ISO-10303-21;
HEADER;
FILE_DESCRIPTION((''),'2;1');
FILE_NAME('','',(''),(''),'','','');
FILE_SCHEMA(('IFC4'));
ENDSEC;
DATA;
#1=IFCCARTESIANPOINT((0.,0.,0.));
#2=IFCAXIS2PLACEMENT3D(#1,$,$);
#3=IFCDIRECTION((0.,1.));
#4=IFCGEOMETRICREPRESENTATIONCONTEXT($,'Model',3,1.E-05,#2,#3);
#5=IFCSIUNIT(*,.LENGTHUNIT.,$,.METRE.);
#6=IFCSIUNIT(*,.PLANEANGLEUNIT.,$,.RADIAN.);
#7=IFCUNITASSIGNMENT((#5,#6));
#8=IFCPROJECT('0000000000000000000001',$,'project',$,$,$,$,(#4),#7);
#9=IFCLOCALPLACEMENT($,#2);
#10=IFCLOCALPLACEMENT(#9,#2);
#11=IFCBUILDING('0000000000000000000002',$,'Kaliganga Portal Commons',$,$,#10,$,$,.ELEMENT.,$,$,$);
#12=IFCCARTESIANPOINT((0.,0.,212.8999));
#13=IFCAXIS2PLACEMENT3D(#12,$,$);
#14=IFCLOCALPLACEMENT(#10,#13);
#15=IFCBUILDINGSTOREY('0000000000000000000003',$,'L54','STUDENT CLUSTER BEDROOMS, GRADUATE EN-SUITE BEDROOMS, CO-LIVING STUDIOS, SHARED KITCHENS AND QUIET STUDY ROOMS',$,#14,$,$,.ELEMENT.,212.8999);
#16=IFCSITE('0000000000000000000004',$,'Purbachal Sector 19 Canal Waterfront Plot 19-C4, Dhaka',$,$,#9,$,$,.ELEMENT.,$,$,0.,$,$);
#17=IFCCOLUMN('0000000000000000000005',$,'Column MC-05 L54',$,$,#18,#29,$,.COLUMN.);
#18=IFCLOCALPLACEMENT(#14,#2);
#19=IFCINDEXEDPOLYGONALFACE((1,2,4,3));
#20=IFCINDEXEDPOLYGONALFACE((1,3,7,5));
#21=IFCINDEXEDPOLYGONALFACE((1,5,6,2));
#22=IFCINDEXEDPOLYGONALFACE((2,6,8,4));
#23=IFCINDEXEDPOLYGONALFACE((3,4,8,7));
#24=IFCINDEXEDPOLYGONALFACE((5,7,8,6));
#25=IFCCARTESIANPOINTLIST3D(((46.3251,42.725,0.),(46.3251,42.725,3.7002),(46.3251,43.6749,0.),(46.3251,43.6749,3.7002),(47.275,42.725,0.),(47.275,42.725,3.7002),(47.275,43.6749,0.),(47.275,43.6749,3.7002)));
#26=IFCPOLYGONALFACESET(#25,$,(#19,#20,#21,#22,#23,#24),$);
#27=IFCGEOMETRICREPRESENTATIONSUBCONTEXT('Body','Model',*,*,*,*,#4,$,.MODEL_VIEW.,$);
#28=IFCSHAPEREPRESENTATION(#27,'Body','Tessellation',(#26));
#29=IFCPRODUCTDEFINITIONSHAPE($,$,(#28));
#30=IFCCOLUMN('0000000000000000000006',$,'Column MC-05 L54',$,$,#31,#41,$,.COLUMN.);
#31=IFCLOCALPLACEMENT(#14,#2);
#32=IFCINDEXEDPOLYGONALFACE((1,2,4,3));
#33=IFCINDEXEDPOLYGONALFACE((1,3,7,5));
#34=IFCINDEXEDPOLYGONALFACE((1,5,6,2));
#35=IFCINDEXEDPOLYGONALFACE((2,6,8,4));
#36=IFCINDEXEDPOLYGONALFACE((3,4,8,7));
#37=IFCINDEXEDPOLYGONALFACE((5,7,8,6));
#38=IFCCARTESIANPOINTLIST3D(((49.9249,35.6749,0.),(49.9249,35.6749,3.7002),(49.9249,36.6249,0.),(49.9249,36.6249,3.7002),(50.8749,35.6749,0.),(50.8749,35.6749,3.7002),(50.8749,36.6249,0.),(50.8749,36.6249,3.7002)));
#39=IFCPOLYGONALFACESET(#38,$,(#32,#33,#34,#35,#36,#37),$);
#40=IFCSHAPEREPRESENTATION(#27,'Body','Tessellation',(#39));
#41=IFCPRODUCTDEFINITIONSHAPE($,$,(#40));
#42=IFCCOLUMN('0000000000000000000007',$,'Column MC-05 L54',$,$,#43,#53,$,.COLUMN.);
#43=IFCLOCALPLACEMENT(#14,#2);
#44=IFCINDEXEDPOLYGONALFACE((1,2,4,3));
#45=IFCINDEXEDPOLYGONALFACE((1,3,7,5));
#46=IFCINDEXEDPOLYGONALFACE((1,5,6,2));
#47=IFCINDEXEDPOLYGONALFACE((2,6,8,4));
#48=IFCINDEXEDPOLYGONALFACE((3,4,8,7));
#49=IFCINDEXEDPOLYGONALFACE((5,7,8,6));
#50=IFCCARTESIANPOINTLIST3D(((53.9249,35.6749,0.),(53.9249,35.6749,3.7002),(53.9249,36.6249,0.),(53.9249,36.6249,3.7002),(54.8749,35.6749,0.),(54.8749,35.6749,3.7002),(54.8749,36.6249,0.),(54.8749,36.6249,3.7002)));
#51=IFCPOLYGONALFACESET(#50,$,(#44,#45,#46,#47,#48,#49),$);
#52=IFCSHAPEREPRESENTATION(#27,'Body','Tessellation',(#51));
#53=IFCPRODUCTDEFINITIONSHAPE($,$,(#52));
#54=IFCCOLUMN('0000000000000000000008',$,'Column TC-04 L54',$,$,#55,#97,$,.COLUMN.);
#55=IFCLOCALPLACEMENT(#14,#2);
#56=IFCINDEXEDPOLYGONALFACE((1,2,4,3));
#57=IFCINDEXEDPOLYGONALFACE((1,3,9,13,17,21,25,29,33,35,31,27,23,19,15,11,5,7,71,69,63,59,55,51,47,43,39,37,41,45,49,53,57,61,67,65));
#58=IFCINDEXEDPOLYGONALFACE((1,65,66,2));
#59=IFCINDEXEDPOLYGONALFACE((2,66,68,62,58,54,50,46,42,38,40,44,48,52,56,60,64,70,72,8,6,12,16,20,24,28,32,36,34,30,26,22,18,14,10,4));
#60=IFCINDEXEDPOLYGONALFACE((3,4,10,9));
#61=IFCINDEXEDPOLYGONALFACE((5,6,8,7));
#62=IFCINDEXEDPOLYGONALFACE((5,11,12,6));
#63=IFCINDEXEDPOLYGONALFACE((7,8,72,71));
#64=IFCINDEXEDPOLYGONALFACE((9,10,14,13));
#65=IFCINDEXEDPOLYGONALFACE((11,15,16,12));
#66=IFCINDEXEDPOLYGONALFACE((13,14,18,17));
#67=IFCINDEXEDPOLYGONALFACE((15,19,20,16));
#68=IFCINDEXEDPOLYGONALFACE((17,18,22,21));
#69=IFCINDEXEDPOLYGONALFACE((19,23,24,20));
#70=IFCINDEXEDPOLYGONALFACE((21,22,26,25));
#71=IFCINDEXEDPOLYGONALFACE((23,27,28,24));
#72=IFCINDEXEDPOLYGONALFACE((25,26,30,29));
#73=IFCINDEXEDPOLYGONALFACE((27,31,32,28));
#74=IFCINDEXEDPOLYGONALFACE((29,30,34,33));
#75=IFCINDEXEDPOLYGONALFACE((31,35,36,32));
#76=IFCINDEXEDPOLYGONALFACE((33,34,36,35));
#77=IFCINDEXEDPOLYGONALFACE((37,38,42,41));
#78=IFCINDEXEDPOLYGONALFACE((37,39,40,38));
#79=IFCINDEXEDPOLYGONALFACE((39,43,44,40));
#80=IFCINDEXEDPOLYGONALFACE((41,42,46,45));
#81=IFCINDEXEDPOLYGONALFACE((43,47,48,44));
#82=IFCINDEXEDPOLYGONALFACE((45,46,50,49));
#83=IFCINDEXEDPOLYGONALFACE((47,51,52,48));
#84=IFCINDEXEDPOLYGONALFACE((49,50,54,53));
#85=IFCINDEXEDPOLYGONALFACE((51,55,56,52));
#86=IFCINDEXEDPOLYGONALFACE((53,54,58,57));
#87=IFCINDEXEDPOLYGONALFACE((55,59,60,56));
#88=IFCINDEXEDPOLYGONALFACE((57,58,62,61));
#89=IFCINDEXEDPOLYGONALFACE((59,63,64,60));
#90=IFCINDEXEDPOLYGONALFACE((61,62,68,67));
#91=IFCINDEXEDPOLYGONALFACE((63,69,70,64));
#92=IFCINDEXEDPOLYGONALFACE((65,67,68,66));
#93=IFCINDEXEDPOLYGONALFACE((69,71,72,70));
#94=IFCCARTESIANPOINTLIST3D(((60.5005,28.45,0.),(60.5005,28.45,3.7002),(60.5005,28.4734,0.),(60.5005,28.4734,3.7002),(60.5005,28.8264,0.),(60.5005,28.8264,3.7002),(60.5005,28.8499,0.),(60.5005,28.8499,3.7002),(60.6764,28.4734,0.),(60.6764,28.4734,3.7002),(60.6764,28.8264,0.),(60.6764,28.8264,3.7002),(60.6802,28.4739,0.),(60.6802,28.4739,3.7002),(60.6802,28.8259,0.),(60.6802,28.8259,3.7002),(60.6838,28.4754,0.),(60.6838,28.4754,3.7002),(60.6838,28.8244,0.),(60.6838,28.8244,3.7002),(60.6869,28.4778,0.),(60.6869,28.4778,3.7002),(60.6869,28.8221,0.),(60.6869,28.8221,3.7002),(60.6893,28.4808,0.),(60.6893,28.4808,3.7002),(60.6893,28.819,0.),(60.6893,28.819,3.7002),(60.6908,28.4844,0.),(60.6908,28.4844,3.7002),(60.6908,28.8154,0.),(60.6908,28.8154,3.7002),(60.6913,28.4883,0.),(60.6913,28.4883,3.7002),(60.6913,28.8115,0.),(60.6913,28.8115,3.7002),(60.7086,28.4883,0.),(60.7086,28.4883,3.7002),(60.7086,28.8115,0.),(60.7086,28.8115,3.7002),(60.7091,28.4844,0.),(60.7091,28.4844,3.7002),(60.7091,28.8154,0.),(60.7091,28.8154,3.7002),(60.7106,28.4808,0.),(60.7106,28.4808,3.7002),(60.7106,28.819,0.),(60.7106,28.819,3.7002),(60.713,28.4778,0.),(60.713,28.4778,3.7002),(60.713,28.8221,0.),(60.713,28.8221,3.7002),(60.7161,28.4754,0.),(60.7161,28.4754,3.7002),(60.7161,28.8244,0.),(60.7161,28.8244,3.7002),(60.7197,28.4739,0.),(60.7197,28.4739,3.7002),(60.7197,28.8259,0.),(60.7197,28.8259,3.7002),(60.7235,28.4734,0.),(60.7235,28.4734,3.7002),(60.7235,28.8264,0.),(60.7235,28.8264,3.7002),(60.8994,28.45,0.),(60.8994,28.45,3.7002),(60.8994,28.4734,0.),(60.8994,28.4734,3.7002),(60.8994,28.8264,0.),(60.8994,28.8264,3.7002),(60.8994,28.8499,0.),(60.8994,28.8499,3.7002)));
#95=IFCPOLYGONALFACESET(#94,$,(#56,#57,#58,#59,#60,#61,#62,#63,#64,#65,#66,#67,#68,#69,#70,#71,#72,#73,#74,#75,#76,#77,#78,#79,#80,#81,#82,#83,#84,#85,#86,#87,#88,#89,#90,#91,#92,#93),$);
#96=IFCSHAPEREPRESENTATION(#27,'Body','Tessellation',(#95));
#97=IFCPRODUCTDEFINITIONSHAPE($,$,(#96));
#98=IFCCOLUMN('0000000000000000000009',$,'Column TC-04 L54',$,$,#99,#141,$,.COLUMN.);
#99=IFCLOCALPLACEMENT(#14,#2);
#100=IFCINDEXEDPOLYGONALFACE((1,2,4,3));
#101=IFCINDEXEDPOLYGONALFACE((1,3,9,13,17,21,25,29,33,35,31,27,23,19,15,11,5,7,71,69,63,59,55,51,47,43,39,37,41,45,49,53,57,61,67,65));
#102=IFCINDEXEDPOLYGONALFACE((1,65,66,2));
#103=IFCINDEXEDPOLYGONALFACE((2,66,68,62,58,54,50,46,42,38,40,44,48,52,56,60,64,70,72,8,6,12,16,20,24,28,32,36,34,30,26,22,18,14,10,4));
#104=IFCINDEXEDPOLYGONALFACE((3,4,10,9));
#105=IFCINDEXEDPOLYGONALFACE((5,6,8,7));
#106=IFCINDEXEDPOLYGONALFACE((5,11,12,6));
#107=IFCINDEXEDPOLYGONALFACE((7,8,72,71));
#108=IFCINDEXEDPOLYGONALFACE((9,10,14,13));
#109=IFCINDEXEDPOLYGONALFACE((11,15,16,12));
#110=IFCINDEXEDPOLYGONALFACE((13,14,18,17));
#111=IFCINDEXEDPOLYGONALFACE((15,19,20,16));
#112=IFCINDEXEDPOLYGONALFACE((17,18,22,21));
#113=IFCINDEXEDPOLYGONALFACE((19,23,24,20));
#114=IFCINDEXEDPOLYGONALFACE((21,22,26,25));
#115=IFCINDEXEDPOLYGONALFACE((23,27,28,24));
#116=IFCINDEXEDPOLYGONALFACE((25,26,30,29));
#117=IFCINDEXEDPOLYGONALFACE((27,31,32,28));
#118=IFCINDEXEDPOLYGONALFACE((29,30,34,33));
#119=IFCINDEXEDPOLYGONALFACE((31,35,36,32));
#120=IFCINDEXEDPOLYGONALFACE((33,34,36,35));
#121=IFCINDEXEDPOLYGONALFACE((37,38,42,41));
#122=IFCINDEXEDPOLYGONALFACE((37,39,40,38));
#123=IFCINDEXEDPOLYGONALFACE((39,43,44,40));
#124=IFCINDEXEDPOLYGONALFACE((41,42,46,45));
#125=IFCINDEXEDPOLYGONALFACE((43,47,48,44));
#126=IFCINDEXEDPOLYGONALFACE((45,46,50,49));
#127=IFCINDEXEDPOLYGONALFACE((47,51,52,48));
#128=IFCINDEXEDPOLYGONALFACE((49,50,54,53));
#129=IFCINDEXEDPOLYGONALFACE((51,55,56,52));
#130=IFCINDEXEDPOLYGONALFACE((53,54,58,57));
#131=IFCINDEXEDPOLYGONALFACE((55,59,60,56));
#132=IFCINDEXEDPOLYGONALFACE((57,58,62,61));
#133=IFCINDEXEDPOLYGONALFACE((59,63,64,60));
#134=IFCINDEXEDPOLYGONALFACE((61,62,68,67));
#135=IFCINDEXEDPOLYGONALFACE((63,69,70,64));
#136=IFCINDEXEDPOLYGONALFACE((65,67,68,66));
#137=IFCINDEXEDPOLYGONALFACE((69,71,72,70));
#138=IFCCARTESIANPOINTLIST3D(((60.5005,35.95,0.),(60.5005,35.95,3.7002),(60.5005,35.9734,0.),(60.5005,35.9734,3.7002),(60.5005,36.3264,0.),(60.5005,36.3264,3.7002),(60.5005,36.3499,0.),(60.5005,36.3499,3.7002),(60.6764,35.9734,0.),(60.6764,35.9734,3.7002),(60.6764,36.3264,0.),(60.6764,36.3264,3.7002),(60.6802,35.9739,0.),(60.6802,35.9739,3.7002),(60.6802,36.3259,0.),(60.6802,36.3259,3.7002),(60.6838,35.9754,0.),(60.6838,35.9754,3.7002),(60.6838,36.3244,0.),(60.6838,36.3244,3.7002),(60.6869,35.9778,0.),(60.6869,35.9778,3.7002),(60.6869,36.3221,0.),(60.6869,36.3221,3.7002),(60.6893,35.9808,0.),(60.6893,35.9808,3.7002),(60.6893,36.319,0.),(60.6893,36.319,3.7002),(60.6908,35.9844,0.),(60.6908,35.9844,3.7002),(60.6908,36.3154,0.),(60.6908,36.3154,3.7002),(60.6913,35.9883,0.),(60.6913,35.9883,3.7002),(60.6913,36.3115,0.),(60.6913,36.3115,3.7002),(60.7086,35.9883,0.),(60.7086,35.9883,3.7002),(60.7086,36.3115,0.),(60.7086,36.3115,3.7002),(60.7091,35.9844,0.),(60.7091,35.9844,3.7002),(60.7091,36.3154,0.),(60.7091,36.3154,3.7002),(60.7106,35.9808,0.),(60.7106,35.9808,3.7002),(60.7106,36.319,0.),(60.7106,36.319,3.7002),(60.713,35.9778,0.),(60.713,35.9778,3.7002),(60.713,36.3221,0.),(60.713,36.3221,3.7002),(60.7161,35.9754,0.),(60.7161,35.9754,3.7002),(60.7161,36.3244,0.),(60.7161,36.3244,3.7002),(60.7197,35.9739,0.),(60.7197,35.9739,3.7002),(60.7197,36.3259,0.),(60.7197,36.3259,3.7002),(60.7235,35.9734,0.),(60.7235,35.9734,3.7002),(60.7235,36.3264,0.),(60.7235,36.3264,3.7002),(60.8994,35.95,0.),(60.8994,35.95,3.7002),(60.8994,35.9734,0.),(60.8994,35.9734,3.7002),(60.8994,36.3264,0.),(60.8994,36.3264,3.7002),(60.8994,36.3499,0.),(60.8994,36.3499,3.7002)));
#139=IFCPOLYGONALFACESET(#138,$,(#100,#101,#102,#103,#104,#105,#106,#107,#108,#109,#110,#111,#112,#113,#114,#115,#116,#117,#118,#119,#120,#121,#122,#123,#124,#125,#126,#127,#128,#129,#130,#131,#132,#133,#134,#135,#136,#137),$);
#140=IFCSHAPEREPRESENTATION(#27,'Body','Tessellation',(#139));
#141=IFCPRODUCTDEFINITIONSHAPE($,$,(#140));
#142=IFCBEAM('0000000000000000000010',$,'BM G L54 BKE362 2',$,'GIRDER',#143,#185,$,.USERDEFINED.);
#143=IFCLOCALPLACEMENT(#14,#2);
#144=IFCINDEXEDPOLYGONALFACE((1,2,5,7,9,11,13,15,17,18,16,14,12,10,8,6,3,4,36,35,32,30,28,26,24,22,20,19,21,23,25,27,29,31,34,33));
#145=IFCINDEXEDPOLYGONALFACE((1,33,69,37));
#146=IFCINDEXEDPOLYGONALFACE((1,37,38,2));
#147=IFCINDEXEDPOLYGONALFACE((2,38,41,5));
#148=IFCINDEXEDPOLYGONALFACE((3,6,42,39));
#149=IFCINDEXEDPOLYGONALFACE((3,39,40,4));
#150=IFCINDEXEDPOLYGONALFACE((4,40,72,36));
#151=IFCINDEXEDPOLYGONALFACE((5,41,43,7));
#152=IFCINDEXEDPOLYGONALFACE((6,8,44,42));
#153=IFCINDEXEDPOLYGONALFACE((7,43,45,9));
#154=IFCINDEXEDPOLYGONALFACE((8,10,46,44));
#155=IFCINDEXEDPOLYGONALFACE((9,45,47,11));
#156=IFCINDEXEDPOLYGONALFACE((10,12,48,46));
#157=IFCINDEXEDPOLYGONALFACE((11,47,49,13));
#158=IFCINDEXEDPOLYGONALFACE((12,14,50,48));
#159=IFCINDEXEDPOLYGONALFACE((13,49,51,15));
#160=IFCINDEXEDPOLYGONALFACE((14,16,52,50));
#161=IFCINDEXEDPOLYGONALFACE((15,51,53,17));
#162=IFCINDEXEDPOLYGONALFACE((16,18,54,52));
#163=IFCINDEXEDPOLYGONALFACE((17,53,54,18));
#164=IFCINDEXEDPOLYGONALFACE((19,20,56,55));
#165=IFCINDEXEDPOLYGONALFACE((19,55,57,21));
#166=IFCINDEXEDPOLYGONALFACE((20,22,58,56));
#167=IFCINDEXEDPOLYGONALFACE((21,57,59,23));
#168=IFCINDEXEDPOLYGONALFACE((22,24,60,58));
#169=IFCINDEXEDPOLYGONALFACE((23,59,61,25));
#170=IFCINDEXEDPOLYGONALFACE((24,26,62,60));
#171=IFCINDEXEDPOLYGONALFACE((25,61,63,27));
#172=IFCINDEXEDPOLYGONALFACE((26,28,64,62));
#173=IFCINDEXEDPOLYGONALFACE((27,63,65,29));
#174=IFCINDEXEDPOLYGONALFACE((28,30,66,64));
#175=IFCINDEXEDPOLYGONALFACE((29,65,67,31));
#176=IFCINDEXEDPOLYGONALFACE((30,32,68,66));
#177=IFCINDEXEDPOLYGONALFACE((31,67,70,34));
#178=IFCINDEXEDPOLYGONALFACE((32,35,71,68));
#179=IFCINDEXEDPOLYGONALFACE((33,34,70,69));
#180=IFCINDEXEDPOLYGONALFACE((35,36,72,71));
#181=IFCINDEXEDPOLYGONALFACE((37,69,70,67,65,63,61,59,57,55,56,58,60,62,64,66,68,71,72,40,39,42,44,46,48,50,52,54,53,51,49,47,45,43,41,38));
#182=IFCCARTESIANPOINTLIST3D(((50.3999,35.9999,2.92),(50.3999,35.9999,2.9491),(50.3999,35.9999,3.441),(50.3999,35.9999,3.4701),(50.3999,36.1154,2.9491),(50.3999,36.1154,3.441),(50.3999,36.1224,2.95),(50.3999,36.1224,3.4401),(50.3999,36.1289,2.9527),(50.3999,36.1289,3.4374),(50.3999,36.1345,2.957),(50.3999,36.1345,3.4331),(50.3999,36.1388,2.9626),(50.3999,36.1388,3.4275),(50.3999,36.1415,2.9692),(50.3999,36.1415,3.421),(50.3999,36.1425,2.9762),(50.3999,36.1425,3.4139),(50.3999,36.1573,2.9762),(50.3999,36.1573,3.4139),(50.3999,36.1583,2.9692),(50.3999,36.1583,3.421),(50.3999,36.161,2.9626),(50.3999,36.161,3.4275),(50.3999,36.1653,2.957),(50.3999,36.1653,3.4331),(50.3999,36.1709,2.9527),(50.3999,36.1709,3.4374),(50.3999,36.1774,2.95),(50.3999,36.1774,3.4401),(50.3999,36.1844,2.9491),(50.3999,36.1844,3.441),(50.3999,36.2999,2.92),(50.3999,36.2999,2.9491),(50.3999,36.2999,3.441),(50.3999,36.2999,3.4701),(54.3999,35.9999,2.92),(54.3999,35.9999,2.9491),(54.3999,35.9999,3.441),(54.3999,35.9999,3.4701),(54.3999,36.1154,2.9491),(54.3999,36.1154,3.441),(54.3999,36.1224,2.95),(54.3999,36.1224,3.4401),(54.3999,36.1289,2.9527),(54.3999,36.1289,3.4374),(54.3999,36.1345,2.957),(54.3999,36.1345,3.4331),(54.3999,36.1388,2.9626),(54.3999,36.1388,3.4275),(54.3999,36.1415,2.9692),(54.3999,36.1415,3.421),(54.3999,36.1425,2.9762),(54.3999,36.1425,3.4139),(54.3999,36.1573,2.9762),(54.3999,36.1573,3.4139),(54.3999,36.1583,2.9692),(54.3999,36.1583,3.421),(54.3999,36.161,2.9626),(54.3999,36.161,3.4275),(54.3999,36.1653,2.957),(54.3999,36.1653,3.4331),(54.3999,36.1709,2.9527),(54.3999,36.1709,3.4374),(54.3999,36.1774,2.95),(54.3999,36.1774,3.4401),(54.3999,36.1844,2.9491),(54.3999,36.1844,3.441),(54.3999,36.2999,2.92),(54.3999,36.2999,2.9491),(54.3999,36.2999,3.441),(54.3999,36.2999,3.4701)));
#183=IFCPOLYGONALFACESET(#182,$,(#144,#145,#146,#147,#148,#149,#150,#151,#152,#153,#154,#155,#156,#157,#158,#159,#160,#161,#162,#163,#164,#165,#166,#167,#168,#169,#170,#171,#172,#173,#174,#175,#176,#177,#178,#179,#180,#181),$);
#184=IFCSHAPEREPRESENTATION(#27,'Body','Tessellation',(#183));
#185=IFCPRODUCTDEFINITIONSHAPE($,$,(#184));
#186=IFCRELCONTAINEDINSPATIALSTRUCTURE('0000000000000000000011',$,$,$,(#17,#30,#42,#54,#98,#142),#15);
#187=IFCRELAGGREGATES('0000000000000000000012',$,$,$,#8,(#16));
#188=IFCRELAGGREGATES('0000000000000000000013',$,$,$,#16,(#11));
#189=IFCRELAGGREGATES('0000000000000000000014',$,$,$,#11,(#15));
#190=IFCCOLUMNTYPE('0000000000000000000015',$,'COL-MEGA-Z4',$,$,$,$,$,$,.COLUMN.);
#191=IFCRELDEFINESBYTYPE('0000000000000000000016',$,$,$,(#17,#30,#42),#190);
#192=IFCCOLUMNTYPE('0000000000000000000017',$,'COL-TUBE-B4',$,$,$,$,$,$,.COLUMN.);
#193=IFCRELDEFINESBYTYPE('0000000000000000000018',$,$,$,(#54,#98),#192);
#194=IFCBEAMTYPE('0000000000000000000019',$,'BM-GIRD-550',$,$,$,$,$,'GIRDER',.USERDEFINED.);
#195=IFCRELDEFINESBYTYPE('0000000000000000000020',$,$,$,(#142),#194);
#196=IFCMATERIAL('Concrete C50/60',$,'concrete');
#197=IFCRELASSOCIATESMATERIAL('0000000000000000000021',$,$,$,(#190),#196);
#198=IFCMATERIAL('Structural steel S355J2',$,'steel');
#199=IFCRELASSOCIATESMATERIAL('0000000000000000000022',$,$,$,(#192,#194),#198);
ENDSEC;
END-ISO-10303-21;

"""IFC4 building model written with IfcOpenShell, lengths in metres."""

from ifc_helpers import new_model, si_unit, direction, frame, origin, origin_2d, place, context, subcontext, project, spatial, rectangle, i_section, extrude, source, transform, mapped, material, material_profile, profile_set, type_object, element, save


model = new_model("IFC4")

# Units and contexts
model_context = context("Model", 3, precision=1e-05, world=origin(), true_north=direction((0.0, 1.0)))
body_context = subcontext(model_context, "Body", "Model", "MODEL_VIEW")
ifc_project = project(units=[si_unit("LENGTHUNIT", "METRE"), si_unit("PLANEANGLEUNIT", "RADIAN")], contexts=[model_context])

# Site, building, storey
site_placement = place(None, origin())
site = spatial("IfcSite", under=ifc_project, at=site_placement, Name="Purbachal Sector 19 Canal Waterfront Plot 19-C4, Dhaka", CompositionType="ELEMENT", RefElevation=0.0)
building_placement = place(site_placement, origin())
building = spatial("IfcBuilding", under=site, at=building_placement, Name="Kaliganga Portal Commons", CompositionType="ELEMENT")
storey_placement = place(building_placement, frame((0.0, 0.0, 212.8999)))
storey = spatial("IfcBuildingStorey", under=building, at=storey_placement, Name="L54", Description="STUDENT CLUSTER BEDROOMS, GRADUATE EN-SUITE BEDROOMS, CO-LIVING STUDIOS, SHARED KITCHENS AND QUIET STUDY ROOMS", CompositionType="ELEMENT", Elevation=212.8999)

# Columns
ifc_material_1 = material(Name="Concrete C50/60", Category="concrete")
ifc_material_profile_1 = material_profile(ifc_material_1, rectangle(XDim=0.95, YDim=0.95, at=origin_2d()), Name="RC 950x950")
ifc_profile_set_1 = profile_set([ifc_material_profile_1], Name="Concrete C50/60")
column_type_1 = type_object("IfcColumnType", Name="COL-MEGA-Z4", PredefinedType="COLUMN", material=ifc_profile_set_1)
shared_shape_1 = source(origin(), body_context, "Body", "SweptSolid", [
    extrude(rectangle(XDim=0.95, YDim=0.95, at=origin_2d()), origin(), (0.0, 0.0, 1.0), 3.7002),
])
for number, where, z_axis, x_axis, name in (
    (1, (46.8, 43.2, 0.0), (0.0, 0.0, 1.0), (1.0, 0.0, 0.0), "Column MC-05 L54"),
    (2, (50.3999, 36.1499, 0.0), (0.0, 0.0, 1.0), (1.0, 0.0, 0.0), "Column MC-05 L54"),
    (3, (54.3999, 36.1499, 0.0), (0.0, 0.0, 1.0), (1.0, 0.0, 0.0), "Column MC-05 L54"),
):
    element("IfcColumn", number, at=place(storey_placement, frame(where, z_axis=z_axis, x_axis=x_axis)), inside=storey, type_object=column_type_1, Name=name, PredefinedType="COLUMN", context=body_context, shape_type="MappedRepresentation", body=[
        mapped(shared_shape_1, transform((0.0, 0.0, 0.0), x_axis=(1.0, 0.0, 0.0), y_axis=(0.0, 1.0, 0.0), z_axis=(0.0, 0.0, 1.0), scale=1.0)),
    ])
ifc_material_2 = material(Name="Structural steel S355J2", Category="steel")
ifc_material_profile_2 = material_profile(ifc_material_2, i_section(OverallWidth=0.3989, OverallDepth=0.3999, WebThickness=0.0173, FlangeThickness=0.0234, FilletRadius=0.0149, at=origin_2d()), Name="HD 400x287")
ifc_profile_set_2 = profile_set([ifc_material_profile_2], Name="Structural steel S355J2 wide-flange")
column_type_2 = type_object("IfcColumnType", Name="COL-TUBE-B4", PredefinedType="COLUMN", material=ifc_profile_set_2)
shared_shape_2 = source(origin(), body_context, "Body", "SweptSolid", [
    extrude(i_section(OverallWidth=0.3989, OverallDepth=0.3999, WebThickness=0.0173, FlangeThickness=0.0234, FilletRadius=0.0149, at=origin_2d()), origin(), (0.0, 0.0, 1.0), 3.7002),
])
for number, where, z_axis, x_axis, name in (
    (4, (60.7, 28.6499, 0.0), (0.0, 0.0, 1.0), (1.0, 0.0, 0.0), "Column TC-04 L54"),
    (5, (60.7, 36.1499, 0.0), (0.0, 0.0, 1.0), (1.0, 0.0, 0.0), "Column TC-04 L54"),
):
    element("IfcColumn", number, at=place(storey_placement, frame(where, z_axis=z_axis, x_axis=x_axis)), inside=storey, type_object=column_type_2, Name=name, PredefinedType="COLUMN", context=body_context, shape_type="MappedRepresentation", body=[
        mapped(shared_shape_2, transform((0.0, 0.0, 0.0), x_axis=(1.0, 0.0, 0.0), y_axis=(0.0, 1.0, 0.0), z_axis=(0.0, 0.0, 1.0), scale=1.0)),
    ])

# Beam
ifc_material_profile_3 = material_profile(ifc_material_2, i_section(OverallWidth=0.3, OverallDepth=0.55, WebThickness=0.0149, FlangeThickness=0.0291, FilletRadius=0.0271, at=origin_2d()), Name="HE 550 B")
ifc_profile_set_3 = profile_set([ifc_material_profile_3], Name="Structural steel S355J2 wide-flange")
beam_type_1 = type_object("IfcBeamType", Name="BM-GIRD-550", ElementType="GIRDER", PredefinedType="USERDEFINED", material=ifc_profile_set_3)
shared_shape_3 = source(origin(), body_context, "Body", "SweptSolid", [
    extrude(i_section(OverallWidth=0.3, OverallDepth=0.55, WebThickness=0.0149, FlangeThickness=0.0291, FilletRadius=0.0271, at=origin_2d()), origin(), (0.0, 0.0, 1.0), 4.0),
])
beam_1_placement = place(storey_placement, frame((50.3999, 36.1499, 3.1951), z_axis=(1.0, 0.0, 0.0), x_axis=(0.0, 1.0, 0.0)))
element("IfcBeam", 6, at=beam_1_placement, inside=storey, type_object=beam_type_1, Name="BM G L54 BKE362 2", ObjectType="GIRDER", PredefinedType="USERDEFINED", context=body_context, shape_type="MappedRepresentation", body=[
    mapped(shared_shape_3, transform((0.0, 0.0, 0.0), x_axis=(1.0, 0.0, 0.0), y_axis=(0.0, 1.0, 0.0), z_axis=(0.0, 0.0, 1.0), scale=1.0)),
])

save(model, "model.ifc")
